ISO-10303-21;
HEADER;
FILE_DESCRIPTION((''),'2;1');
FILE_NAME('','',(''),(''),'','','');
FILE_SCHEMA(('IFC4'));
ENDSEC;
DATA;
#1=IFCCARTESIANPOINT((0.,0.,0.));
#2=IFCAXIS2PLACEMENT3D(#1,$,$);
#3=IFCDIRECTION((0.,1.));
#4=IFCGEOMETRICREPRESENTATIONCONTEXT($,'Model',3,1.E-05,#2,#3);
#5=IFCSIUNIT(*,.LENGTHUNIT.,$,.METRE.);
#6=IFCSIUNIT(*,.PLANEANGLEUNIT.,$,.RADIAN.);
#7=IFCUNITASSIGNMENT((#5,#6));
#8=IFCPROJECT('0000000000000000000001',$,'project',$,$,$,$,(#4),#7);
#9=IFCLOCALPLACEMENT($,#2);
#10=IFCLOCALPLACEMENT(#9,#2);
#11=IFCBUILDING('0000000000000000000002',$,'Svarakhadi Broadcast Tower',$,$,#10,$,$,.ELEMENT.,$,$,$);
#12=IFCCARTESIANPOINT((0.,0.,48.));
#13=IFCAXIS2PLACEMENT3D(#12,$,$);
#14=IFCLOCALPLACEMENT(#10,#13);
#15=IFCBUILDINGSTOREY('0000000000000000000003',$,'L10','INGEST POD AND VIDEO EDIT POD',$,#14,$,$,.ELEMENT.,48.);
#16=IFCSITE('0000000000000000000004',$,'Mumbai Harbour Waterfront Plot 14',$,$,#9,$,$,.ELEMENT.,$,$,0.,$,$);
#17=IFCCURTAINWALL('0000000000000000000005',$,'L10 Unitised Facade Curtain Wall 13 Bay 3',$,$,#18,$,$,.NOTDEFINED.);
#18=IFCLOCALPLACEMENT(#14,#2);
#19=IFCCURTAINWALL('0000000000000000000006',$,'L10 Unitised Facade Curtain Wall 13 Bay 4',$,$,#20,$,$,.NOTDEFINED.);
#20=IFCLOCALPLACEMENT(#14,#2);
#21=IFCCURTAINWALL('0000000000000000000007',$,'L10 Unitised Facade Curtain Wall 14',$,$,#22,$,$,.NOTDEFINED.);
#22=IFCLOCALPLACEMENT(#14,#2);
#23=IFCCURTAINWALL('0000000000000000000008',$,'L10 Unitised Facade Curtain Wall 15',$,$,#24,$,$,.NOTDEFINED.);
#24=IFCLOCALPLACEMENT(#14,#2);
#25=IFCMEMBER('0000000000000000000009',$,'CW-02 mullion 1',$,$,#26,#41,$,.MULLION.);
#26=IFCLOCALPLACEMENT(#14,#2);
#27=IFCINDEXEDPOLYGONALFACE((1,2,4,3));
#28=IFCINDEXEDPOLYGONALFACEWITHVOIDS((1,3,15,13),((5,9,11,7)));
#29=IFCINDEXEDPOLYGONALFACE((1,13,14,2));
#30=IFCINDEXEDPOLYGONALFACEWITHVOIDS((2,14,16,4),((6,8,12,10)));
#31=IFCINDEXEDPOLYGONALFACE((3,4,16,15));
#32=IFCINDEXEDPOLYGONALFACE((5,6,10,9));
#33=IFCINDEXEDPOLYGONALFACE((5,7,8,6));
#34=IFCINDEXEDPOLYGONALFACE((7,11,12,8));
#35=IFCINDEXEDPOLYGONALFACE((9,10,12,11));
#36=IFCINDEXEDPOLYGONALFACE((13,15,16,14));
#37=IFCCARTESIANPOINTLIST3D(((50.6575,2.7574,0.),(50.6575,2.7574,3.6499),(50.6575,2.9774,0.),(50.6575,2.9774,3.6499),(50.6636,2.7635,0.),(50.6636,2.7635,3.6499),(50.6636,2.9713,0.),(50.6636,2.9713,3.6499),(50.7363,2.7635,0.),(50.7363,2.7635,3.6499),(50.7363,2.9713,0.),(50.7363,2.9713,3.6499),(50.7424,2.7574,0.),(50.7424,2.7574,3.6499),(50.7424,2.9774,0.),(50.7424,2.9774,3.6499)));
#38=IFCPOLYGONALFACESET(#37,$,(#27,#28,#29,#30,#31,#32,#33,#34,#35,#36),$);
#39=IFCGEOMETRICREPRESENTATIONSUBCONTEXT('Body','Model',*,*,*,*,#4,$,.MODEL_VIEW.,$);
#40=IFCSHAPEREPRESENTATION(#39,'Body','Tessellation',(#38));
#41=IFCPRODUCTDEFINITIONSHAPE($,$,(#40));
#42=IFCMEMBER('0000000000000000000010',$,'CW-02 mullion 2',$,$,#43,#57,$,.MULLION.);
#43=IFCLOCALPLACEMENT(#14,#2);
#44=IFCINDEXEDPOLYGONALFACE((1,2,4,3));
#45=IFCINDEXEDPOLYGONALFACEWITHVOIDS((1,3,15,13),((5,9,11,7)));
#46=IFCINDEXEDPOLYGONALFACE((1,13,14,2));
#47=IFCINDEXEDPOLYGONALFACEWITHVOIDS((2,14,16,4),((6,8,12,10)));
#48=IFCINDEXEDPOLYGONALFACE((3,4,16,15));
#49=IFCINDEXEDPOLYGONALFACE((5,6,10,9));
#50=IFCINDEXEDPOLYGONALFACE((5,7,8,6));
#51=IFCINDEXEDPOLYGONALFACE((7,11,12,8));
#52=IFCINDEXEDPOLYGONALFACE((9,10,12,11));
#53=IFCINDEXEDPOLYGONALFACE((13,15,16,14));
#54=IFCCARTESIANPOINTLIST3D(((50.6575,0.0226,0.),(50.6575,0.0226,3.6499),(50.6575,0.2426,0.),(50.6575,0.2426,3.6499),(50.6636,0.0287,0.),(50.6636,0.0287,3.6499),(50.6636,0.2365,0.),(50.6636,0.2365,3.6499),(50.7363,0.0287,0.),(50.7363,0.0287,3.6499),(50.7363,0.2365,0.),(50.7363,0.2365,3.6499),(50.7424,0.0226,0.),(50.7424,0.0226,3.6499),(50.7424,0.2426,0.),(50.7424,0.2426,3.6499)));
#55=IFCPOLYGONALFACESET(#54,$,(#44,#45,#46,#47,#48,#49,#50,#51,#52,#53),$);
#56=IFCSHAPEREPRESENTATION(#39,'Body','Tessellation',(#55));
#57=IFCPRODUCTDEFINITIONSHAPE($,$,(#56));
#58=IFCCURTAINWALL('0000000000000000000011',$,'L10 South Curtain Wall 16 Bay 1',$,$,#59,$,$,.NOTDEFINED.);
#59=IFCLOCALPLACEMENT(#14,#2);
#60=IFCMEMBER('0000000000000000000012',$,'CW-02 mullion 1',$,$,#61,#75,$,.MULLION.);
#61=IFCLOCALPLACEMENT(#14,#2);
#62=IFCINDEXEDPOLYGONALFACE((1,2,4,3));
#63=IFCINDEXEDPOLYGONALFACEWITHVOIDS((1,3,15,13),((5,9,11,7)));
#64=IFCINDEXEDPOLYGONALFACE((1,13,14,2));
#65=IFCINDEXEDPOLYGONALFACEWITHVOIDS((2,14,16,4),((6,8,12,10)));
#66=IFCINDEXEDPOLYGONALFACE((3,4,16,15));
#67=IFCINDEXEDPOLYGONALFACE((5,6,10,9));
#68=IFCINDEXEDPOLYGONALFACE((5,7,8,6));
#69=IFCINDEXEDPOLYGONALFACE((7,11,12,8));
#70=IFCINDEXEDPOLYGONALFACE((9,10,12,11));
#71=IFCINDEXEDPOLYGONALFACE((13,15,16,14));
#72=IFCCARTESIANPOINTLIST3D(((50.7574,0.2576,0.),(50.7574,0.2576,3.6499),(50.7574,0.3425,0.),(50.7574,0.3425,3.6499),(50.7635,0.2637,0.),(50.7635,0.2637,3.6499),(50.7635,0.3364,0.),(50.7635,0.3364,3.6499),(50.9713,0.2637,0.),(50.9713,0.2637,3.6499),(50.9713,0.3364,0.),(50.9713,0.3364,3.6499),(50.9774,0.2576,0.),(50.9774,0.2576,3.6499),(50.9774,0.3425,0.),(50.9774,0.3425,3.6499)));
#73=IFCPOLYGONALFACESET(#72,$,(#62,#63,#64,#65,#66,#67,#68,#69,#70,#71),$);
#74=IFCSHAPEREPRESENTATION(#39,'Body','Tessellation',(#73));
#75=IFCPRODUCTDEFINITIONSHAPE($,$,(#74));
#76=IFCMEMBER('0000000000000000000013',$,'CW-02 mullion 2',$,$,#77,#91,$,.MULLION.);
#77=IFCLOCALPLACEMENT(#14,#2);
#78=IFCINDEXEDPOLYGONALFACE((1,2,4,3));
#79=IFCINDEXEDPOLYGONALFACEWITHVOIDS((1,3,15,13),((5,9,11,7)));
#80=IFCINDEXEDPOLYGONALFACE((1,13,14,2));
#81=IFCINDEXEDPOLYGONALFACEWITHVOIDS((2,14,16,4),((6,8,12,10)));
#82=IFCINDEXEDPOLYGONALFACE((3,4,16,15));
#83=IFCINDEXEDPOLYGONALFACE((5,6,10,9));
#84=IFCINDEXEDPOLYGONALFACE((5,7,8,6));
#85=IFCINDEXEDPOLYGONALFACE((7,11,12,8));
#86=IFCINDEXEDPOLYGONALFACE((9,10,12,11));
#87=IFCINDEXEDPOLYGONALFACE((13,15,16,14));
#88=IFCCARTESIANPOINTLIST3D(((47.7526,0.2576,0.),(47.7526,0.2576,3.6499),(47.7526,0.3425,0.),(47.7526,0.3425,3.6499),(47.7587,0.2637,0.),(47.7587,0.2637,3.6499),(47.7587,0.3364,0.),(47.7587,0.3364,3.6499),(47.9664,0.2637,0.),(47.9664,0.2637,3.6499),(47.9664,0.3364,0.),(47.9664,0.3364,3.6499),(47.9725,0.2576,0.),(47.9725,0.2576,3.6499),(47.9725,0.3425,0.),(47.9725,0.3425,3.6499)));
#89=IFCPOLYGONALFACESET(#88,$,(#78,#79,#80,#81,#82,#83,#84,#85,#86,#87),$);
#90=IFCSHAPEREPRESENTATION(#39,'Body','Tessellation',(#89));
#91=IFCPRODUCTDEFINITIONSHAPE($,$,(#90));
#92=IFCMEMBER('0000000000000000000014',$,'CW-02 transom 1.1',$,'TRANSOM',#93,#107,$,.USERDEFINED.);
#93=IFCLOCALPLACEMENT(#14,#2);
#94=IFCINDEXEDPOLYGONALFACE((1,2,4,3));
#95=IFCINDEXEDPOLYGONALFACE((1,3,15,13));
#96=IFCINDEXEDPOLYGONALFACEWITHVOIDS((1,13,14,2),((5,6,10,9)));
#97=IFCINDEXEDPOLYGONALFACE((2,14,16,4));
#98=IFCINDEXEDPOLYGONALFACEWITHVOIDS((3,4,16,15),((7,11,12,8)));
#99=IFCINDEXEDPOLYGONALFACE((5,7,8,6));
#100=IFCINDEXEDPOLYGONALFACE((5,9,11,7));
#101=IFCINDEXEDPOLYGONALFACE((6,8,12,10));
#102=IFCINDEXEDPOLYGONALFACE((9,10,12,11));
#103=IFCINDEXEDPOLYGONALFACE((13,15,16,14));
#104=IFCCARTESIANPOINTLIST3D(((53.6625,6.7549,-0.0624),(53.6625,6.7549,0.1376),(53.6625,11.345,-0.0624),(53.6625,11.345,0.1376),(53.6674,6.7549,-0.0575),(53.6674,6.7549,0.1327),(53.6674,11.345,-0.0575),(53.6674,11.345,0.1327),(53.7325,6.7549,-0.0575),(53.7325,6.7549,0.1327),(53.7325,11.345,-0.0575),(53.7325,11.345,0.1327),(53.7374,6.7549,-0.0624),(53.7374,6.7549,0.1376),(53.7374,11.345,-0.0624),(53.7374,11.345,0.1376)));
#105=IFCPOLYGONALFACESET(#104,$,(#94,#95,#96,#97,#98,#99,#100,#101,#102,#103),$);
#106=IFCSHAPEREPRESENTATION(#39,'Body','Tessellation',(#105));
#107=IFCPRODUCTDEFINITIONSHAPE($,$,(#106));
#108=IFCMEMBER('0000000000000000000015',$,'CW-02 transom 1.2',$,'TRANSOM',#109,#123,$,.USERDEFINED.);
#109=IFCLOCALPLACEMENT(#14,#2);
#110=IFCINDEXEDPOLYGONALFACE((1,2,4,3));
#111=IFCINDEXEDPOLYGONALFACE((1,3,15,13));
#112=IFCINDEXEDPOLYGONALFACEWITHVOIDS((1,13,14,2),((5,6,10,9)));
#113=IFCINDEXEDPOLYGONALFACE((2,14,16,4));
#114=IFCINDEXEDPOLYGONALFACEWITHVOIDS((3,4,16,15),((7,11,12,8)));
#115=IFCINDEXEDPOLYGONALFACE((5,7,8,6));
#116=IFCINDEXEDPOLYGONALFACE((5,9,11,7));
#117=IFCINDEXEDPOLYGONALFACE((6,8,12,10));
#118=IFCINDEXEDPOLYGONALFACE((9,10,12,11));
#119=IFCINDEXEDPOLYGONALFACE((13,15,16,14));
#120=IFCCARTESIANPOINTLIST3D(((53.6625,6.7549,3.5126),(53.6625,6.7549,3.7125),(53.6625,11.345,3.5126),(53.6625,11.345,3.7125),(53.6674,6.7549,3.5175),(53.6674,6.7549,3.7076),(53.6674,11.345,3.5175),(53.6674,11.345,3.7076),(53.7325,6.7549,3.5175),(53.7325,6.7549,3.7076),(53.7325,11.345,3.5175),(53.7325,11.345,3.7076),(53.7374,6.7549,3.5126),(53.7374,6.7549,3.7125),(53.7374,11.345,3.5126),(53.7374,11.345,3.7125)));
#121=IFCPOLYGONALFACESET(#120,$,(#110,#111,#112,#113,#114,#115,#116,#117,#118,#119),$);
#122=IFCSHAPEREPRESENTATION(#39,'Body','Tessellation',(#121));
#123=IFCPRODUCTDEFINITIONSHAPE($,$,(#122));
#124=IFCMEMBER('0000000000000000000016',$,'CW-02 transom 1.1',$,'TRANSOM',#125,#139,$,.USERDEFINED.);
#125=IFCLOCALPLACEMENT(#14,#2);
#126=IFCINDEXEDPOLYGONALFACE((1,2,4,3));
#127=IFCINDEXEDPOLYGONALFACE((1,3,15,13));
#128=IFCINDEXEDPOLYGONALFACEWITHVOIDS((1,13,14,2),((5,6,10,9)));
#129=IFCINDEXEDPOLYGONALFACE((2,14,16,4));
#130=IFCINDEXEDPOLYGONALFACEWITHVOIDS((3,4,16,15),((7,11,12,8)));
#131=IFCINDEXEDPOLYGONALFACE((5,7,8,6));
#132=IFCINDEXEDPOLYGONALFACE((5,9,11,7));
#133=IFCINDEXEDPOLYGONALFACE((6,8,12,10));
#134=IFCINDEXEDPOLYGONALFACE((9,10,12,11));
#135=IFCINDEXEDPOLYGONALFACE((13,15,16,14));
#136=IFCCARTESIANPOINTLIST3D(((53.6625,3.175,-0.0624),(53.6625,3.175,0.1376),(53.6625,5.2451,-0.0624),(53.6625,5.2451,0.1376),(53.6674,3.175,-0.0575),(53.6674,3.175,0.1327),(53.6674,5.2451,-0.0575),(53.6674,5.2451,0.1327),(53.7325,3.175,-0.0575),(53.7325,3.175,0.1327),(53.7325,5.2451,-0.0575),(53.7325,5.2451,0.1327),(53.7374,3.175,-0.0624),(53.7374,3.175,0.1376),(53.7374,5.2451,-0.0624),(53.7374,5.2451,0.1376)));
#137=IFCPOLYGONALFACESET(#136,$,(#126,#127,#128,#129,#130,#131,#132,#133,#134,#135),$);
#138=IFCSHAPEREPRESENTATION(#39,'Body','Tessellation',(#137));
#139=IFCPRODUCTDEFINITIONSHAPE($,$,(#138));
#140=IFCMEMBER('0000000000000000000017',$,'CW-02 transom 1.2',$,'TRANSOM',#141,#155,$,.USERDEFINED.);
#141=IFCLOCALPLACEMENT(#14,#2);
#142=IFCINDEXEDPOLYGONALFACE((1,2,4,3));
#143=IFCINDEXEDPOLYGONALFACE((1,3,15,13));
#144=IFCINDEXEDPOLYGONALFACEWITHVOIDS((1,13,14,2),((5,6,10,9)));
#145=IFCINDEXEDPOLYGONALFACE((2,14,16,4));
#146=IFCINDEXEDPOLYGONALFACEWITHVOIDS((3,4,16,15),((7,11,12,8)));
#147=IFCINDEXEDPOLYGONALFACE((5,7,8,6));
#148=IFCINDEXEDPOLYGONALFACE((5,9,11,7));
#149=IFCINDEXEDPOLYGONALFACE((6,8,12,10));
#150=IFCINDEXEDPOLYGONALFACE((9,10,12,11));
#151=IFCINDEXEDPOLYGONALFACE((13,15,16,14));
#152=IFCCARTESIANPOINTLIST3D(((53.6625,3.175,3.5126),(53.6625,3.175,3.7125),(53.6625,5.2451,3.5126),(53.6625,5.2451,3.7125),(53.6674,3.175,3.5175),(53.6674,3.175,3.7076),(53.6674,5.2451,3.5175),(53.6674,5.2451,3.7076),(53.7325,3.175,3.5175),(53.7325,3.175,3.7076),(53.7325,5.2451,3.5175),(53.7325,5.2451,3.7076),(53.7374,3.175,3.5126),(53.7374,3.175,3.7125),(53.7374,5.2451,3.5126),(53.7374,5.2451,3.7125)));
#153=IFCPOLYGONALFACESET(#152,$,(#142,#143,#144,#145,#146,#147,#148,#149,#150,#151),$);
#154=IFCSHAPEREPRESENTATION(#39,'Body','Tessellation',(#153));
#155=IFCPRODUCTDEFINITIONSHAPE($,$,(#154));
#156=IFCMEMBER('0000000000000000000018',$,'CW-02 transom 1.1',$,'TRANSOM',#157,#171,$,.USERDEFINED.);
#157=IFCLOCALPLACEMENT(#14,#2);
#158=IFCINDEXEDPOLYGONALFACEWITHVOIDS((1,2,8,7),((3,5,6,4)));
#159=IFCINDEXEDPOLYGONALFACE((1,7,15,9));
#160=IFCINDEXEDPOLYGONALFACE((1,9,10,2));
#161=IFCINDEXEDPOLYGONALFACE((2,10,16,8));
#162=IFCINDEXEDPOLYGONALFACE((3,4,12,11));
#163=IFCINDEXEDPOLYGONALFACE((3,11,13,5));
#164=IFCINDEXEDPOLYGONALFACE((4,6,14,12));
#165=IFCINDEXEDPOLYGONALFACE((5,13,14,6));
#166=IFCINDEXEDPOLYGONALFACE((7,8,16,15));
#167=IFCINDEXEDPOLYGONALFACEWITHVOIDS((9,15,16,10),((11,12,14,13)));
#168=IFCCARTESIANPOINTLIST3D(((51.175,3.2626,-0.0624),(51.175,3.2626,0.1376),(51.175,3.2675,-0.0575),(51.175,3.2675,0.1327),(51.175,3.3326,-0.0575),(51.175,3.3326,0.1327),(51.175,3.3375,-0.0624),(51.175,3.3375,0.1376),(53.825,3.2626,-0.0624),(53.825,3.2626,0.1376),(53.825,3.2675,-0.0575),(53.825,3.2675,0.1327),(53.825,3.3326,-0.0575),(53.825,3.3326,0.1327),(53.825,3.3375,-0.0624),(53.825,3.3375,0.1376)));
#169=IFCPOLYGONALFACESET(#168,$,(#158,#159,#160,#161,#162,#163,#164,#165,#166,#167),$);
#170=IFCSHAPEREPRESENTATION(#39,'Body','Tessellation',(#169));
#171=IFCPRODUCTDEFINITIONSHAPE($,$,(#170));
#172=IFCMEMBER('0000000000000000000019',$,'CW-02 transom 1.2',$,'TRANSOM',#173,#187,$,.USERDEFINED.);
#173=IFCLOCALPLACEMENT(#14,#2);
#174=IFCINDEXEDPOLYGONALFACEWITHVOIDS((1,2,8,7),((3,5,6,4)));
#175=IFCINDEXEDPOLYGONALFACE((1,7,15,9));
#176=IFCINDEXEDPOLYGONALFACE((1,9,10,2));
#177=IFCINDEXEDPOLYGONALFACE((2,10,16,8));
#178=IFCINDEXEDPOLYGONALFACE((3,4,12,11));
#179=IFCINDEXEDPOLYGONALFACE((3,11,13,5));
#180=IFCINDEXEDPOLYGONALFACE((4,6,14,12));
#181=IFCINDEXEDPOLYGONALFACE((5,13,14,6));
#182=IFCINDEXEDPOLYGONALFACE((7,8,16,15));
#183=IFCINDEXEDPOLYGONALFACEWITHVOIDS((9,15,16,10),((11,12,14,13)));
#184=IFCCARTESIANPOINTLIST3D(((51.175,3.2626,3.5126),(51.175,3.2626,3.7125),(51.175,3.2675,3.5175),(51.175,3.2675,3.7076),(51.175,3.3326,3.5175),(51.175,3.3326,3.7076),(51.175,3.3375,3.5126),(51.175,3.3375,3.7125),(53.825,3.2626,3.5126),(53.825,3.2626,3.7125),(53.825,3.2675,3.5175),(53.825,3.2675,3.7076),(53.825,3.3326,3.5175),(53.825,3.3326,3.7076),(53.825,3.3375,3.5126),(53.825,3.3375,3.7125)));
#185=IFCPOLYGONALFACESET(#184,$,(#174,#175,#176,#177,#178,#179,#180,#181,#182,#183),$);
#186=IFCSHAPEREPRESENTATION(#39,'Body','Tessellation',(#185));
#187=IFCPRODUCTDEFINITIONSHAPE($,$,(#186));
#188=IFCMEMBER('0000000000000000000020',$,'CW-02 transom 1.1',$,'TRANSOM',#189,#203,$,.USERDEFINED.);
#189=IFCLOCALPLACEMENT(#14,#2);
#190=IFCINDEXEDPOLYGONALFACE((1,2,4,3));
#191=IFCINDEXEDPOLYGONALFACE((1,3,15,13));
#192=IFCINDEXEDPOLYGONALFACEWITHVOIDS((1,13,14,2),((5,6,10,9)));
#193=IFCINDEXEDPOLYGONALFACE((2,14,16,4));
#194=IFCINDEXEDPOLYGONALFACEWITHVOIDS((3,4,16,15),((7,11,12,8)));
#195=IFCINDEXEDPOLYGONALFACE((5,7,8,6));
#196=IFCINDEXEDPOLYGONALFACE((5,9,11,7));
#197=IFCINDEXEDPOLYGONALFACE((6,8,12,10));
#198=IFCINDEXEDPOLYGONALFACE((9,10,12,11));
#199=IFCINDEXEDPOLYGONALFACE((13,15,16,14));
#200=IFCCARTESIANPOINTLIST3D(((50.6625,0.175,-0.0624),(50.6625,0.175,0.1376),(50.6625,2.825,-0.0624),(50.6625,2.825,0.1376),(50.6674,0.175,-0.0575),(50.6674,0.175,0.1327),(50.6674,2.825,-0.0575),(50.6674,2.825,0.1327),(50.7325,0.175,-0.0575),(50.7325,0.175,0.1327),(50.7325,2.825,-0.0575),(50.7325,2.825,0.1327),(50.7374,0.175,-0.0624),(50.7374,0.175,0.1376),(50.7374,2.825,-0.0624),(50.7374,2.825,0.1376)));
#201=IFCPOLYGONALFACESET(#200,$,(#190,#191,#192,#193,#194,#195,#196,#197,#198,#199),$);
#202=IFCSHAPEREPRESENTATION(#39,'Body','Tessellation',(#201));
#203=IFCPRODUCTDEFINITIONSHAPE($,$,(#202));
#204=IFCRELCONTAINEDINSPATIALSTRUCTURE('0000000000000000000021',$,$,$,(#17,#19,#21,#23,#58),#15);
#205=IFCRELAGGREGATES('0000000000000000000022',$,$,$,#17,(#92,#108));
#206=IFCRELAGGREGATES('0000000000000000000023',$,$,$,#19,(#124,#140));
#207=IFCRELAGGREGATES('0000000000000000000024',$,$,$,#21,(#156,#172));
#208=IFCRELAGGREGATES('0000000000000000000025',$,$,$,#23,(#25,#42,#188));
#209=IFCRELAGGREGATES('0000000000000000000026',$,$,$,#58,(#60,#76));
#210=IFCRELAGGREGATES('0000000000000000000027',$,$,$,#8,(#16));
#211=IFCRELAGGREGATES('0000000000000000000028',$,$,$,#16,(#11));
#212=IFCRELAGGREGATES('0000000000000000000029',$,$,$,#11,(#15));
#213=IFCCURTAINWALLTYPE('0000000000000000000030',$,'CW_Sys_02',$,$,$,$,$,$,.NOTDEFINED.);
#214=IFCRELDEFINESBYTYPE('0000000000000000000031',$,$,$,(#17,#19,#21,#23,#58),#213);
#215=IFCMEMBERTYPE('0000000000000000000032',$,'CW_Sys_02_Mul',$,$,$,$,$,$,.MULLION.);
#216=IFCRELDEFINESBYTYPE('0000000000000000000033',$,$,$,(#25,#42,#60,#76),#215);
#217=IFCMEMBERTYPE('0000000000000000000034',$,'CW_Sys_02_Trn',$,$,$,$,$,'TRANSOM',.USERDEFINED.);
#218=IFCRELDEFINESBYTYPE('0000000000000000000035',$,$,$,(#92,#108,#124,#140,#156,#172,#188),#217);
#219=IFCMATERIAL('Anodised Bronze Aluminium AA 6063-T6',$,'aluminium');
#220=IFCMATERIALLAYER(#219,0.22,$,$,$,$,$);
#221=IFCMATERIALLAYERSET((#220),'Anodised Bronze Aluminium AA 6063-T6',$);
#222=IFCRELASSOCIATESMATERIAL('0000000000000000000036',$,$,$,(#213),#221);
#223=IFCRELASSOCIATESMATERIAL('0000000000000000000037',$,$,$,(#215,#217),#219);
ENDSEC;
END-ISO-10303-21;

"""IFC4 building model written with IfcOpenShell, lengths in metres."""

from ifc_helpers import new_model, si_unit, direction, frame, origin, origin_2d, place, context, subcontext, project, spatial, hollow_rectangle, extrude, material, layer, layer_set, material_profile, profile_set, type_object, element, aggregate, save


model = new_model("IFC4")

# Units and contexts
model_context = context("Model", 3, precision=1e-05, world=origin(), true_north=direction((0.0, 1.0)))
body_context = subcontext(model_context, "Body", "Model", "MODEL_VIEW")
ifc_project = project(units=[si_unit("LENGTHUNIT", "METRE"), si_unit("PLANEANGLEUNIT", "RADIAN")], contexts=[model_context])

# Site, building, storey
site_placement = place(None, origin())
site = spatial("IfcSite", under=ifc_project, at=site_placement, Name="Mumbai Harbour Waterfront Plot 14", CompositionType="ELEMENT", RefElevation=0.0)
building_placement = place(site_placement, origin())
building = spatial("IfcBuilding", under=site, at=building_placement, Name="Svarakhadi Broadcast Tower", CompositionType="ELEMENT")
storey_placement = place(building_placement, frame((0.0, 0.0, 48.0)))
storey = spatial("IfcBuildingStorey", under=building, at=storey_placement, Name="L10", Description="INGEST POD AND VIDEO EDIT POD", CompositionType="ELEMENT", Elevation=48.0)

# Curtain walls, members
ifc_material_1 = material(Name="Anodised Bronze Aluminium AA 6063-T6", Category="aluminium")
ifc_layer_1 = layer(ifc_material_1, 0.22)
ifc_layer_set_1 = layer_set([ifc_layer_1], Name="Anodised Bronze Aluminium AA 6063-T6")
curtain_wall_type = type_object("IfcCurtainWallType", Name="CW_Sys_02", PredefinedType="NOTDEFINED", material=ifc_layer_set_1)
curtain_wall_1_placement = place(storey_placement, origin())
curtain_wall_1 = element("IfcCurtainWall", 1, at=curtain_wall_1_placement, inside=storey, type_object=curtain_wall_type, Name="L10 Unitised Facade Curtain Wall 13 Bay 3", PredefinedType="NOTDEFINED")
ifc_material_profile_1 = material_profile(ifc_material_1, hollow_rectangle(XDim=0.085, YDim=0.22, WallThickness=0.0061, at=origin_2d()), Name="ALU MULLION 220x85x6")
ifc_profile_set_1 = profile_set([ifc_material_profile_1], Name="Anodised Bronze Aluminium AA 6063-T6")
member_type_1 = type_object("IfcMemberType", Name="CW_Sys_02_Mul", PredefinedType="MULLION", material=ifc_profile_set_1)
curtain_wall_2_placement = place(storey_placement, origin())
curtain_wall_2 = element("IfcCurtainWall", 2, at=curtain_wall_2_placement, inside=storey, type_object=curtain_wall_type, Name="L10 Unitised Facade Curtain Wall 13 Bay 4", PredefinedType="NOTDEFINED")
curtain_wall_3_placement = place(storey_placement, origin())
curtain_wall_3 = element("IfcCurtainWall", 3, at=curtain_wall_3_placement, inside=storey, type_object=curtain_wall_type, Name="L10 Unitised Facade Curtain Wall 14", PredefinedType="NOTDEFINED")
curtain_wall_4_placement = place(storey_placement, origin())
curtain_wall_4 = element("IfcCurtainWall", 4, at=curtain_wall_4_placement, inside=storey, type_object=curtain_wall_type, Name="L10 Unitised Facade Curtain Wall 15", PredefinedType="NOTDEFINED")
member_1_placement = place(storey_placement, frame((50.7, 2.8674, 0.0), z_axis=(0.0, 0.0, 1.0), x_axis=(1.0, 0.0, 0.0)))
member_1 = element("IfcMember", 5, at=member_1_placement, type_object=member_type_1, Name="CW-02 mullion 1", PredefinedType="MULLION", context=body_context, shape_type="SweptSolid", body=[
    extrude(hollow_rectangle(XDim=0.085, YDim=0.22, WallThickness=0.0061, at=origin_2d()), origin(), (0.0, 0.0, 1.0), 3.6499),
])
member_2_placement = place(storey_placement, frame((50.7, 0.1326, 0.0), z_axis=(0.0, 0.0, 1.0), x_axis=(1.0, 0.0, 0.0)))
member_2 = element("IfcMember", 6, at=member_2_placement, type_object=member_type_1, Name="CW-02 mullion 2", PredefinedType="MULLION", context=body_context, shape_type="SweptSolid", body=[
    extrude(hollow_rectangle(XDim=0.085, YDim=0.22, WallThickness=0.0061, at=origin_2d()), origin(), (0.0, 0.0, 1.0), 3.6499),
])
curtain_wall_5_placement = place(storey_placement, origin())
curtain_wall_5 = element("IfcCurtainWall", 7, at=curtain_wall_5_placement, inside=storey, type_object=curtain_wall_type, Name="L10 South Curtain Wall 16 Bay 1", PredefinedType="NOTDEFINED")
member_3_placement = place(storey_placement, frame((50.8674, 0.3, 0.0), z_axis=(0.0, 0.0, 1.0), x_axis=(0.0, -1.0, 0.0)))
member_3 = element("IfcMember", 8, at=member_3_placement, type_object=member_type_1, Name="CW-02 mullion 1", PredefinedType="MULLION", context=body_context, shape_type="SweptSolid", body=[
    extrude(hollow_rectangle(XDim=0.085, YDim=0.22, WallThickness=0.0061, at=origin_2d()), origin(), (0.0, 0.0, 1.0), 3.6499),
])
member_4_placement = place(storey_placement, frame((47.8625, 0.3, 0.0), z_axis=(0.0, 0.0, 1.0), x_axis=(0.0, -1.0, 0.0)))
member_4 = element("IfcMember", 9, at=member_4_placement, type_object=member_type_1, Name="CW-02 mullion 2", PredefinedType="MULLION", context=body_context, shape_type="SweptSolid", body=[
    extrude(hollow_rectangle(XDim=0.085, YDim=0.22, WallThickness=0.0061, at=origin_2d()), origin(), (0.0, 0.0, 1.0), 3.6499),
])

# Members
ifc_material_profile_2 = material_profile(ifc_material_1, hollow_rectangle(XDim=0.075, YDim=0.2, WallThickness=0.0049, at=origin_2d()), Name="ALU TRANSOM 200x75x5")
ifc_profile_set_2 = profile_set([ifc_material_profile_2], Name="Anodised Bronze Aluminium AA 6063-T6")
member_type_2 = type_object("IfcMemberType", Name="CW_Sys_02_Trn", ElementType="TRANSOM", PredefinedType="USERDEFINED", material=ifc_profile_set_2)
member_5_placement = place(storey_placement, frame((53.7, 11.345, 0.0376), z_axis=(0.0, -1.0, 0.0), x_axis=(1.0, 0.0, 0.0)))
member_5 = element("IfcMember", 10, at=member_5_placement, type_object=member_type_2, Name="CW-02 transom 1.1", ObjectType="TRANSOM", PredefinedType="USERDEFINED", context=body_context, shape_type="SweptSolid", body=[
    extrude(hollow_rectangle(XDim=0.075, YDim=0.2, WallThickness=0.0049, at=origin_2d()), origin(), (0.0, 0.0, 1.0), 4.5901),
])
member_6_placement = place(storey_placement, frame((53.7, 11.345, 3.6125), z_axis=(0.0, -1.0, 0.0), x_axis=(1.0, 0.0, 0.0)))
member_6 = element("IfcMember", 11, at=member_6_placement, type_object=member_type_2, Name="CW-02 transom 1.2", ObjectType="TRANSOM", PredefinedType="USERDEFINED", context=body_context, shape_type="SweptSolid", body=[
    extrude(hollow_rectangle(XDim=0.075, YDim=0.2, WallThickness=0.0049, at=origin_2d()), origin(), (0.0, 0.0, 1.0), 4.5901),
])
member_7_placement = place(storey_placement, frame((53.7, 5.2451, 0.0376), z_axis=(0.0, -1.0, 0.0), x_axis=(1.0, 0.0, 0.0)))
member_7 = element("IfcMember", 12, at=member_7_placement, type_object=member_type_2, Name="CW-02 transom 1.1", ObjectType="TRANSOM", PredefinedType="USERDEFINED", context=body_context, shape_type="SweptSolid", body=[
    extrude(hollow_rectangle(XDim=0.075, YDim=0.2, WallThickness=0.0049, at=origin_2d()), origin(), (0.0, 0.0, 1.0), 2.0701),
])
member_8_placement = place(storey_placement, frame((53.7, 5.2451, 3.6125), z_axis=(0.0, -1.0, 0.0), x_axis=(1.0, 0.0, 0.0)))
member_8 = element("IfcMember", 13, at=member_8_placement, type_object=member_type_2, Name="CW-02 transom 1.2", ObjectType="TRANSOM", PredefinedType="USERDEFINED", context=body_context, shape_type="SweptSolid", body=[
    extrude(hollow_rectangle(XDim=0.075, YDim=0.2, WallThickness=0.0049, at=origin_2d()), origin(), (0.0, 0.0, 1.0), 2.0701),
])
member_9_placement = place(storey_placement, frame((53.825, 3.3, 0.0376), z_axis=(-1.0, 0.0, 0.0), x_axis=(0.0, -1.0, 0.0)))
member_9 = element("IfcMember", 14, at=member_9_placement, type_object=member_type_2, Name="CW-02 transom 1.1", ObjectType="TRANSOM", PredefinedType="USERDEFINED", context=body_context, shape_type="SweptSolid", body=[
    extrude(hollow_rectangle(XDim=0.075, YDim=0.2, WallThickness=0.0049, at=origin_2d()), origin(), (0.0, 0.0, 1.0), 2.6499),
])
member_10_placement = place(storey_placement, frame((53.825, 3.3, 3.6125), z_axis=(-1.0, 0.0, 0.0), x_axis=(0.0, -1.0, 0.0)))
member_10 = element("IfcMember", 15, at=member_10_placement, type_object=member_type_2, Name="CW-02 transom 1.2", ObjectType="TRANSOM", PredefinedType="USERDEFINED", context=body_context, shape_type="SweptSolid", body=[
    extrude(hollow_rectangle(XDim=0.075, YDim=0.2, WallThickness=0.0049, at=origin_2d()), origin(), (0.0, 0.0, 1.0), 2.6499),
])
member_11_placement = place(storey_placement, frame((50.7, 2.825, 0.0376), z_axis=(0.0, -1.0, 0.0), x_axis=(1.0, 0.0, 0.0)))
member_11 = element("IfcMember", 16, at=member_11_placement, type_object=member_type_2, Name="CW-02 transom 1.1", ObjectType="TRANSOM", PredefinedType="USERDEFINED", context=body_context, shape_type="SweptSolid", body=[
    extrude(hollow_rectangle(XDim=0.075, YDim=0.2, WallThickness=0.0049, at=origin_2d()), origin(), (0.0, 0.0, 1.0), 2.6499),
])

aggregate(curtain_wall_1, [member_5, member_6])
aggregate(curtain_wall_2, [member_7, member_8])
aggregate(curtain_wall_3, [member_9, member_10])
aggregate(curtain_wall_4, [member_1, member_2, member_11])
aggregate(curtain_wall_5, [member_3, member_4])

save(model, "model.ifc")
